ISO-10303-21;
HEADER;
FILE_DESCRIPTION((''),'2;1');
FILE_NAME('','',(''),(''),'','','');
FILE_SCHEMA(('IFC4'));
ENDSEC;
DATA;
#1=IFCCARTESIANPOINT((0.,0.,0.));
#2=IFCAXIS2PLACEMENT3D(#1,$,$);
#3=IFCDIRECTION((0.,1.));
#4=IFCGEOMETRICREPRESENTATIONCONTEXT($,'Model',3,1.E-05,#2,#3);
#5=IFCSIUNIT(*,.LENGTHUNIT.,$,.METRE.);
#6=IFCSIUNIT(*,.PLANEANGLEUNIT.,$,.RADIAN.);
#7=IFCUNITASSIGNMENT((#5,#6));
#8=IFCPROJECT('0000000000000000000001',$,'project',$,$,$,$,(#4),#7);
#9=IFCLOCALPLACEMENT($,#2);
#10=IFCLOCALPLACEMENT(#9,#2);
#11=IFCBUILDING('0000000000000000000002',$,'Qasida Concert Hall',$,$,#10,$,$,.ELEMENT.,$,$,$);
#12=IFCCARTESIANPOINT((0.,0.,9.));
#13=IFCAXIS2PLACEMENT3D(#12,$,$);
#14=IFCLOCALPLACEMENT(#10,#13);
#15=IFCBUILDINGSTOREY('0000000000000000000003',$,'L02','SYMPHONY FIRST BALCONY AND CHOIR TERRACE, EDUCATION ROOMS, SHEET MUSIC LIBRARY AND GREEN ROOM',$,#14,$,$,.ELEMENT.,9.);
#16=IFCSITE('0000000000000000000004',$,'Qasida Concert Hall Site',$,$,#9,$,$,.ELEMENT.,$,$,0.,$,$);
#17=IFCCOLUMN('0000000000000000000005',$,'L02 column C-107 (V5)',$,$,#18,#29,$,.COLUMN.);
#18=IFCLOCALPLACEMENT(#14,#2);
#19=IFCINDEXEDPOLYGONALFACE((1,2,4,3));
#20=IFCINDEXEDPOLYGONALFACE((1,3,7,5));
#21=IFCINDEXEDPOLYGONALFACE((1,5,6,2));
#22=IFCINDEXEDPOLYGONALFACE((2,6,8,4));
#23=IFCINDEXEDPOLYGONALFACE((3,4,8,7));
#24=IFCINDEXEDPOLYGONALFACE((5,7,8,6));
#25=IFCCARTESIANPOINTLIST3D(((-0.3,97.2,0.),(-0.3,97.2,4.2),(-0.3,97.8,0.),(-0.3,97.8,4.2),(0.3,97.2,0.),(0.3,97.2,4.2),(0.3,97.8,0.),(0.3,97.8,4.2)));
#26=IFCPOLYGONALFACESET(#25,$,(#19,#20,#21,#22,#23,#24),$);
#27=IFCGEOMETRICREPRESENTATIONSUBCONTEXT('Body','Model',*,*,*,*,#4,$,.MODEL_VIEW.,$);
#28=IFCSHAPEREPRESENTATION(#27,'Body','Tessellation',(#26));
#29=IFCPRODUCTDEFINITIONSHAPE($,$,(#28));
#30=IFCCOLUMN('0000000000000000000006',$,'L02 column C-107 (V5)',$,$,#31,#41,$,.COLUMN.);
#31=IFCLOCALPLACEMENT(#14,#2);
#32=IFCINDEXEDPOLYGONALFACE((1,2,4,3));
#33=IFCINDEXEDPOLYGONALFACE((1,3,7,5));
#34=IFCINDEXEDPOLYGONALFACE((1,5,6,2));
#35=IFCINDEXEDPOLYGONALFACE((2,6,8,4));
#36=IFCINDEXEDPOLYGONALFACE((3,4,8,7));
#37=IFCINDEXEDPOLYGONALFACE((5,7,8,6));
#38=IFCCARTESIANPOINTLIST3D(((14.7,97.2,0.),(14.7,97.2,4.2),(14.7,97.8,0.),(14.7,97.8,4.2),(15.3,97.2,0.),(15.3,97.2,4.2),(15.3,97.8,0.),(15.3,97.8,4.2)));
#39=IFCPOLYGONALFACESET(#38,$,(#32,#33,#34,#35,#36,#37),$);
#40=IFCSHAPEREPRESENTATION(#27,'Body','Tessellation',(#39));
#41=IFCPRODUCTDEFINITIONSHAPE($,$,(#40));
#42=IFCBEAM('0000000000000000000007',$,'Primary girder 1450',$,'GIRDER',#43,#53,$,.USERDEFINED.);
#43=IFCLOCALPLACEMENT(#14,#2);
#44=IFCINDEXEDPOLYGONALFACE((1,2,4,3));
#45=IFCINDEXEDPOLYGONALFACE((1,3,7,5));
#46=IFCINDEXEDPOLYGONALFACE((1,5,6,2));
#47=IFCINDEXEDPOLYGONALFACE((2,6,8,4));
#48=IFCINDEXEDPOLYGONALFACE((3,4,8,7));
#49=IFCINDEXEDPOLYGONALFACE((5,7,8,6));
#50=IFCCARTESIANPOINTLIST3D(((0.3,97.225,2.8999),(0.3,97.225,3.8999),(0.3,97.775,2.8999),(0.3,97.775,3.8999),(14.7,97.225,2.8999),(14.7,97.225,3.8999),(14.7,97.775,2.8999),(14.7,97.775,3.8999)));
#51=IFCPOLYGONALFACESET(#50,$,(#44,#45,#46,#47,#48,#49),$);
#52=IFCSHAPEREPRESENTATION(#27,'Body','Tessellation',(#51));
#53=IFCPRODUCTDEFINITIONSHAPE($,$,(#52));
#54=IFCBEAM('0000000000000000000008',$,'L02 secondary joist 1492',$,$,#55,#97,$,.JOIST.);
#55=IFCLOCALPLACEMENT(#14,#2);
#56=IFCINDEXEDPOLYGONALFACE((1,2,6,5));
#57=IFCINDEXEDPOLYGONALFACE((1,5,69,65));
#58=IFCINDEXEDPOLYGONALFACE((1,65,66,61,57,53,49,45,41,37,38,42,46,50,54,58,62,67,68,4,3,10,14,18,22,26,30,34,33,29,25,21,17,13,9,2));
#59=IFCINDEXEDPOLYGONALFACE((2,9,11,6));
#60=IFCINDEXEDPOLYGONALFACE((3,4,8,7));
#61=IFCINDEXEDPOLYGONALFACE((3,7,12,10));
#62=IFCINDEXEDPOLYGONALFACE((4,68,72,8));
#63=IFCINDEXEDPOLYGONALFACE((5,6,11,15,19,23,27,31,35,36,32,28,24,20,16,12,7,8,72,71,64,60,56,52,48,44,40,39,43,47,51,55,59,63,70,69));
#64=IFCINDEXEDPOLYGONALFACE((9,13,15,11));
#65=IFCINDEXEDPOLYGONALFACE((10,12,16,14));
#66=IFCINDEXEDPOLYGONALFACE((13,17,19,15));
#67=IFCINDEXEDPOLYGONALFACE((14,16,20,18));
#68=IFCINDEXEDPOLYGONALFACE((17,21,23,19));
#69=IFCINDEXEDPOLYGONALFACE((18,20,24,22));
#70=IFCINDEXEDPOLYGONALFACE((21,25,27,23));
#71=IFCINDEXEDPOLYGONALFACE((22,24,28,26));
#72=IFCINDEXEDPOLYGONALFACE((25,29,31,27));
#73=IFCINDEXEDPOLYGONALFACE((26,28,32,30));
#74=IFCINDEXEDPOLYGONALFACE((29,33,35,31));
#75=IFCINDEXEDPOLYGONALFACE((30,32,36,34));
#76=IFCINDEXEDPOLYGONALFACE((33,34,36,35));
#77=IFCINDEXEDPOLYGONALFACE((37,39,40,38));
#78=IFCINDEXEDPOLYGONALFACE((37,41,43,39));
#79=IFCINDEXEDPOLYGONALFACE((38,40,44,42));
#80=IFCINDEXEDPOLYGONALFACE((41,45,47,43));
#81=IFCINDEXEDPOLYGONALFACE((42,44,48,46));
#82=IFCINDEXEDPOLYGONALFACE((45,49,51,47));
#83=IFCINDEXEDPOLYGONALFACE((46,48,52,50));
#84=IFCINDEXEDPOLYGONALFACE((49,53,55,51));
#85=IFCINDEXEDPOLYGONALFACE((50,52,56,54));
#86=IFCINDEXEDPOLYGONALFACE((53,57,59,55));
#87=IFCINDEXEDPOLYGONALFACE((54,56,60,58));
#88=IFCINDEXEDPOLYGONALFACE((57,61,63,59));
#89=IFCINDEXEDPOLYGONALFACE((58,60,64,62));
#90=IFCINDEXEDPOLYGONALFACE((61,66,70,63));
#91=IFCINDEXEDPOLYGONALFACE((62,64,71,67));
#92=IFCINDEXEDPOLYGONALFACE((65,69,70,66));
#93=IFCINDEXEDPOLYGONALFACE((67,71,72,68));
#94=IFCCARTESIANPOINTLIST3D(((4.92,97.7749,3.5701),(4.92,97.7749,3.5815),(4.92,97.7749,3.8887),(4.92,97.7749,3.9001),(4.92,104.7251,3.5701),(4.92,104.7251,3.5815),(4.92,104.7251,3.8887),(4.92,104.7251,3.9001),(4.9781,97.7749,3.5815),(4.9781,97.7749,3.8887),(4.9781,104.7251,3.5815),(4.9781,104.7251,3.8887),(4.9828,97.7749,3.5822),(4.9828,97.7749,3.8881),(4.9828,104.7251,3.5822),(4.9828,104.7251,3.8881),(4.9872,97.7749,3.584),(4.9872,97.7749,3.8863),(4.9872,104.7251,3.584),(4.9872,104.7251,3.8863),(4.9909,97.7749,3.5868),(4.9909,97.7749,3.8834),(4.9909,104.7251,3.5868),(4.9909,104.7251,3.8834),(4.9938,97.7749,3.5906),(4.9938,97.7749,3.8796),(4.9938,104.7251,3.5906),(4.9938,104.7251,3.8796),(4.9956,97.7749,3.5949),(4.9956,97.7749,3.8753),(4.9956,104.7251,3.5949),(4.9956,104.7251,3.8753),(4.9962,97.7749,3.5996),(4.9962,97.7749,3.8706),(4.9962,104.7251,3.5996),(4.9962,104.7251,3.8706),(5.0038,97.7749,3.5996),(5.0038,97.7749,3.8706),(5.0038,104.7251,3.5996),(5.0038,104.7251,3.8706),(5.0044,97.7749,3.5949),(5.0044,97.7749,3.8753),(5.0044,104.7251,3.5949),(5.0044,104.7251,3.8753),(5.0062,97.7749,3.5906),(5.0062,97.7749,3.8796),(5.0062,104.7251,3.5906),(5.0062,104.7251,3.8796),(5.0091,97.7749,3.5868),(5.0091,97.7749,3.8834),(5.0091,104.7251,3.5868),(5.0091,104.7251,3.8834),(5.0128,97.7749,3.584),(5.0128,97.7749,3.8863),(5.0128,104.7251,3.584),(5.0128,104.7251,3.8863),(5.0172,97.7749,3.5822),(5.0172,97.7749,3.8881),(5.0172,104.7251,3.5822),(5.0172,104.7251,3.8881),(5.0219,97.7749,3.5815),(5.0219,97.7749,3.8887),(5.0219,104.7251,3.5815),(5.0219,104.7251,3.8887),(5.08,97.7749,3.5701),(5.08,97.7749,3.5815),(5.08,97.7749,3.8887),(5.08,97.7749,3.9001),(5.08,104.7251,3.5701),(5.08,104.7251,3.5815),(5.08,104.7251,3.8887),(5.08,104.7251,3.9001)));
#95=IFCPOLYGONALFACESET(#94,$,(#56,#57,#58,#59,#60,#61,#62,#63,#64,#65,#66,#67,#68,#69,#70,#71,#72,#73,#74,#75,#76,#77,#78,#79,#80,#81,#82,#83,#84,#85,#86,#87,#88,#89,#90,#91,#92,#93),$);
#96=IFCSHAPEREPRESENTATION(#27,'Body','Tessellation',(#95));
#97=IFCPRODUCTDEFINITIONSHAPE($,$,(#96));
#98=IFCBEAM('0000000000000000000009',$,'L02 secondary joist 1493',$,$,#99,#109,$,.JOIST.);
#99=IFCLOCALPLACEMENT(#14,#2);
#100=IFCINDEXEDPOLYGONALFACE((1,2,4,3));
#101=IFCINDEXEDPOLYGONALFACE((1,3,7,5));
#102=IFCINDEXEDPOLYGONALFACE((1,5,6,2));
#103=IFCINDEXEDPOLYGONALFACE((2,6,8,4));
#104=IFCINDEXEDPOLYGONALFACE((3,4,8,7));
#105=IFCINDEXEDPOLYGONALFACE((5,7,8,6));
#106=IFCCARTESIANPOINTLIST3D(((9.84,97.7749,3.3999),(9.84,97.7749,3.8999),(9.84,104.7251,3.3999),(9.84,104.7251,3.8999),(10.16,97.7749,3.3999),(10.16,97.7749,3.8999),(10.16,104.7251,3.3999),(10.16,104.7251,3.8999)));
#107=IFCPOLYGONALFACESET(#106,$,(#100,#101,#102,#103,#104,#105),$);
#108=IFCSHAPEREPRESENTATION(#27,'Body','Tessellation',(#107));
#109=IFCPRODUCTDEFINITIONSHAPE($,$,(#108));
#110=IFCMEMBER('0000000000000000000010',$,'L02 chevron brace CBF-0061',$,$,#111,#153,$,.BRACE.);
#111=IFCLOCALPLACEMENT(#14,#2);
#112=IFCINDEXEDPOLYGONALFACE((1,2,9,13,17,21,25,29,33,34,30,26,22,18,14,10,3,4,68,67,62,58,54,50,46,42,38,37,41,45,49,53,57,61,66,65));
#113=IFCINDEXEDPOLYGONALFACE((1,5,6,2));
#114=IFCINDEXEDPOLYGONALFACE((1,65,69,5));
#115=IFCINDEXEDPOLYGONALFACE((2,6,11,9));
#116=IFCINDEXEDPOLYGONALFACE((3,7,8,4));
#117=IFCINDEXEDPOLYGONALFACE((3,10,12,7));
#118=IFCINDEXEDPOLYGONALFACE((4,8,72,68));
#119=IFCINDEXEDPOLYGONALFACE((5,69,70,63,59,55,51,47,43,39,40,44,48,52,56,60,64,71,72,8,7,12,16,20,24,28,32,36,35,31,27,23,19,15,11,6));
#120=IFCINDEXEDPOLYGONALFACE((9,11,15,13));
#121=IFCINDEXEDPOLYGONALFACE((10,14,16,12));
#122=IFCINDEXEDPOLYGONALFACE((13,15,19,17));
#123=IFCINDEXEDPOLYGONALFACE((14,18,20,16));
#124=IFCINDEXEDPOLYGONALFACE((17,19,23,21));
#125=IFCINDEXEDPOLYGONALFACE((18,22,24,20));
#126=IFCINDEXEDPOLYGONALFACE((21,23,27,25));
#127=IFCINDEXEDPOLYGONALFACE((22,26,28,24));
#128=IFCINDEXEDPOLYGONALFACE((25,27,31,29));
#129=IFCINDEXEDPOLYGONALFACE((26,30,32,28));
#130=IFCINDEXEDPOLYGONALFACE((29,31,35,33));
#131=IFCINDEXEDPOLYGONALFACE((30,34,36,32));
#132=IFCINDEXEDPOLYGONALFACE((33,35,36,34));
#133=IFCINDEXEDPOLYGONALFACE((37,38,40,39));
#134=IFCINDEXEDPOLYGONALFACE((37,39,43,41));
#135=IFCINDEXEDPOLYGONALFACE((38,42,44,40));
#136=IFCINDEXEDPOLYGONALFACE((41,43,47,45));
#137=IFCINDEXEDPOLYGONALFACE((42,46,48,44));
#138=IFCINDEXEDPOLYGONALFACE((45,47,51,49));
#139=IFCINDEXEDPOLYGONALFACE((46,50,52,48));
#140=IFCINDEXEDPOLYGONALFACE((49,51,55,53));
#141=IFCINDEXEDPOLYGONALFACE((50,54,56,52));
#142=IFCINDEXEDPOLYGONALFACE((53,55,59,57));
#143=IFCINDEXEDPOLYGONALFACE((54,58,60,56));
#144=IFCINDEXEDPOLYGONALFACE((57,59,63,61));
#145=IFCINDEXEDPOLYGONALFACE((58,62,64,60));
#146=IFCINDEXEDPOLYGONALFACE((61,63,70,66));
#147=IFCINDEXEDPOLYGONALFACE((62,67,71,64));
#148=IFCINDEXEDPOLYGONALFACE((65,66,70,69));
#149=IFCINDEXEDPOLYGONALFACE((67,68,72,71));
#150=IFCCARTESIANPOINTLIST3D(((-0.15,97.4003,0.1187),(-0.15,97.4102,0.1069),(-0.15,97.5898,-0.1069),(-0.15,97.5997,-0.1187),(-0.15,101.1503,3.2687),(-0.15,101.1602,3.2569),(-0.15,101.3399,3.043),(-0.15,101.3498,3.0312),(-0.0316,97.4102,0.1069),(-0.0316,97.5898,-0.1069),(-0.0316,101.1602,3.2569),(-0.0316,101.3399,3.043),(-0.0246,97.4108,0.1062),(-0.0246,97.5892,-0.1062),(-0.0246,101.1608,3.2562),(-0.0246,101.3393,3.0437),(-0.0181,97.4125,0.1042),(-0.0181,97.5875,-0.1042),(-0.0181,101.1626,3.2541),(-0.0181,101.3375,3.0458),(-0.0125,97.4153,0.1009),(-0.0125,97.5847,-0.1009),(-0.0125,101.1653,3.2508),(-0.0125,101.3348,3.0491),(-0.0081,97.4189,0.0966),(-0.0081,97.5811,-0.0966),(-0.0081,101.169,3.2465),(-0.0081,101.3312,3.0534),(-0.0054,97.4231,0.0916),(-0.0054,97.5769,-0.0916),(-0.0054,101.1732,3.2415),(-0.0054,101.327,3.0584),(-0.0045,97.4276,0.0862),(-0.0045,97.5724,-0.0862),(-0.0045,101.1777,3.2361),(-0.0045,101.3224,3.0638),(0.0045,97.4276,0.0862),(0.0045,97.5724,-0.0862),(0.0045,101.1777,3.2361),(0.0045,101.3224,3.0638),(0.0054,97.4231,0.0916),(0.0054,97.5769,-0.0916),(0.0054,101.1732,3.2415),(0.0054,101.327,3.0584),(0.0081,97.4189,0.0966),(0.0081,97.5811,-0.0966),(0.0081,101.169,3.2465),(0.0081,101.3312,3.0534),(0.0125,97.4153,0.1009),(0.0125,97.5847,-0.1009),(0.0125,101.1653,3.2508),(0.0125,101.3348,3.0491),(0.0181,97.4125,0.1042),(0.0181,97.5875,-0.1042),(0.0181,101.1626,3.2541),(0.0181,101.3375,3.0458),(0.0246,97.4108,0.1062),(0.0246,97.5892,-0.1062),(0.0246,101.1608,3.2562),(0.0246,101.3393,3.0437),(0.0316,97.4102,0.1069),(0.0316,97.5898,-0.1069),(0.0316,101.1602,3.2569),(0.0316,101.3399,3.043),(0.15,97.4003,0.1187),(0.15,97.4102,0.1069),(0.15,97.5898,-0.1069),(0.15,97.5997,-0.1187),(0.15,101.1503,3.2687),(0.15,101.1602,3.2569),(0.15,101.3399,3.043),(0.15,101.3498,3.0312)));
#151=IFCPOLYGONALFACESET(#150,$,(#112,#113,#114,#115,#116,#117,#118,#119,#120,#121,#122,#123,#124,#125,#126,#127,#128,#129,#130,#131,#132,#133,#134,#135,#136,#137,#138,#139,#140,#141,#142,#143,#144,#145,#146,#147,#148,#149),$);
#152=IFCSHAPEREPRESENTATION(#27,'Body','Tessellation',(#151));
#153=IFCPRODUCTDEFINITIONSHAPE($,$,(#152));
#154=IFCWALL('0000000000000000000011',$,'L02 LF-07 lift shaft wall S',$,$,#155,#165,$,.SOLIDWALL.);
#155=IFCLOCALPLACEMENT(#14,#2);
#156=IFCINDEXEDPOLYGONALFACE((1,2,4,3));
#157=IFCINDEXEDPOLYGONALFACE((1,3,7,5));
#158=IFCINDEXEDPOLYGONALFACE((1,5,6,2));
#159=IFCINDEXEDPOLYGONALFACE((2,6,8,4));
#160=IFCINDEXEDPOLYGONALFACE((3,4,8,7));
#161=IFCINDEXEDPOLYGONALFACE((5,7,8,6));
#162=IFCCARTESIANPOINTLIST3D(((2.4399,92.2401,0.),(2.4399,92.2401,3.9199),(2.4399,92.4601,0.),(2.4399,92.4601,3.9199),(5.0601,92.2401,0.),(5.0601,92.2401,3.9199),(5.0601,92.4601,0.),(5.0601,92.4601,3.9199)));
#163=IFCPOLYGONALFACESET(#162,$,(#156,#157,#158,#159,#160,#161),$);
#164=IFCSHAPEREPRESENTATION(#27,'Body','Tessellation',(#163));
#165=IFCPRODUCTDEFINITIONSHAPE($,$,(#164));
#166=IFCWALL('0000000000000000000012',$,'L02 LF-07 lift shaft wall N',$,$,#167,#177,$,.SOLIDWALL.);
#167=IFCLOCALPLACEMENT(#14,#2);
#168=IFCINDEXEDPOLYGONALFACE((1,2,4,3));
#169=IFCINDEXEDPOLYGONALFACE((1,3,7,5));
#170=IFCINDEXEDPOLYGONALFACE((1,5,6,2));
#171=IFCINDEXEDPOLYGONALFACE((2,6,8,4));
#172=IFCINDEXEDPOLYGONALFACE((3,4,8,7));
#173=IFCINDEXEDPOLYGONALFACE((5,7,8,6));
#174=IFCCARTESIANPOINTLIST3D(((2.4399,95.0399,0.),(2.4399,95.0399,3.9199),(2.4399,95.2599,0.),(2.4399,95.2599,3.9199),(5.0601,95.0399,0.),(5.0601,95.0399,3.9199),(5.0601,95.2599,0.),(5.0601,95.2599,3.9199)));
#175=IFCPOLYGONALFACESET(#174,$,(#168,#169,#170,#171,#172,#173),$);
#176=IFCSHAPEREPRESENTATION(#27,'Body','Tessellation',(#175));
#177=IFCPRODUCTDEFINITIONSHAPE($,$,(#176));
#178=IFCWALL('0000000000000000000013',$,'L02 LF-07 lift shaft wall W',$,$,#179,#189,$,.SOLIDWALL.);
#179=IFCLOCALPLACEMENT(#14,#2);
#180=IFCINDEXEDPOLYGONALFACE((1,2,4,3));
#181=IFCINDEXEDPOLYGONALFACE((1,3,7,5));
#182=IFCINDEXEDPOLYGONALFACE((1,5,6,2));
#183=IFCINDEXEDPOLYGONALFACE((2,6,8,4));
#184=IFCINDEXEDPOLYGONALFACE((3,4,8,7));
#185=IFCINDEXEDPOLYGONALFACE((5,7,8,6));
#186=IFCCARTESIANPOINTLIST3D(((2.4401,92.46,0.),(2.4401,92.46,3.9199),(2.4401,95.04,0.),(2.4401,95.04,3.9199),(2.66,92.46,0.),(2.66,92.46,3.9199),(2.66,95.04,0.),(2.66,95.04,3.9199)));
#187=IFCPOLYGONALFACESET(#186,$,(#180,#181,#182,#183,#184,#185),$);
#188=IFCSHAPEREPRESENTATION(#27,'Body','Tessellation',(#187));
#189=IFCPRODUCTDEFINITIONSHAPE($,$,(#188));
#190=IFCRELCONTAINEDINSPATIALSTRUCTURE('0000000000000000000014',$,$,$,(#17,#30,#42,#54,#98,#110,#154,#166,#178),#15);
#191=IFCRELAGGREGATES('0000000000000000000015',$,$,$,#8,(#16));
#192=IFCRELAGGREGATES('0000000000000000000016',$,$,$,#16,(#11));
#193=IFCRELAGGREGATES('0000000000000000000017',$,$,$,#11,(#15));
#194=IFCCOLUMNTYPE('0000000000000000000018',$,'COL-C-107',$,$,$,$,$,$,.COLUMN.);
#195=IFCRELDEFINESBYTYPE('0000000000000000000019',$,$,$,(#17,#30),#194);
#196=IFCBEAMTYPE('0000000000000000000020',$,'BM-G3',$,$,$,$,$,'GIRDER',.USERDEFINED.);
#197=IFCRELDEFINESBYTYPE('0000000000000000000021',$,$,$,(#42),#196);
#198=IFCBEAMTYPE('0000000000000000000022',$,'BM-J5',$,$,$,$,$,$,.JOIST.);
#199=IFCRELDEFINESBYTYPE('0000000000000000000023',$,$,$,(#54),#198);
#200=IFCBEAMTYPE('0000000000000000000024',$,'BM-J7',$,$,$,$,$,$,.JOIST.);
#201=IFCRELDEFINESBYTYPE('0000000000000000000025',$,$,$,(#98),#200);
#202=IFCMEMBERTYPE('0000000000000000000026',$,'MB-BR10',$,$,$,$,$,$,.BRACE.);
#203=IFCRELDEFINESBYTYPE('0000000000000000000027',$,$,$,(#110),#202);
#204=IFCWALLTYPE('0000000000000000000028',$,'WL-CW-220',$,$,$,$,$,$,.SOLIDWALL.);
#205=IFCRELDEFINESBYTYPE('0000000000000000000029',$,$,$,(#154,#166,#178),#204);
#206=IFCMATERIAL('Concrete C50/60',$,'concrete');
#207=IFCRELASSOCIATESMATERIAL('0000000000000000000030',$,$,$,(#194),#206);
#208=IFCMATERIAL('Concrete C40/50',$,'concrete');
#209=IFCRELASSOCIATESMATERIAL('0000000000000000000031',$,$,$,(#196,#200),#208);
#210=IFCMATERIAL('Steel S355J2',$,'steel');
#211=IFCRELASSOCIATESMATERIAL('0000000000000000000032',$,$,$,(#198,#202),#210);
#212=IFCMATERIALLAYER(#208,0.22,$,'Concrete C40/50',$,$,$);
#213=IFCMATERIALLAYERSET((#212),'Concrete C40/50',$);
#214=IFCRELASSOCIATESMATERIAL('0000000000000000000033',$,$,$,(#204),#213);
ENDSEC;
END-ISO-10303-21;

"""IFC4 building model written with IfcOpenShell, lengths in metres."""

from ifc_helpers import new_model, si_unit, direction, frame, frame_2d, origin, origin_2d, place, context, subcontext, project, spatial, rectangle, i_section, extrude, material, layer, layer_set, material_profile, profile_set, type_object, element, save


model = new_model("IFC4")

# Units and contexts
model_context = context("Model", 3, precision=1e-05, world=origin(), true_north=direction((0.0, 1.0)))
body_context = subcontext(model_context, "Body", "Model", "MODEL_VIEW")
ifc_project = project(units=[si_unit("LENGTHUNIT", "METRE"), si_unit("PLANEANGLEUNIT", "RADIAN")], contexts=[model_context])

# Site, building, storey
site_placement = place(None, origin())
site = spatial("IfcSite", under=ifc_project, at=site_placement, Name="Qasida Concert Hall Site", CompositionType="ELEMENT", RefElevation=0.0)
building_placement = place(site_placement, origin())
building = spatial("IfcBuilding", under=site, at=building_placement, Name="Qasida Concert Hall", CompositionType="ELEMENT")
storey_placement = place(building_placement, frame((0.0, 0.0, 9.0)))
storey = spatial("IfcBuildingStorey", under=building, at=storey_placement, Name="L02", Description="SYMPHONY FIRST BALCONY AND CHOIR TERRACE, EDUCATION ROOMS, SHEET MUSIC LIBRARY AND GREEN ROOM", CompositionType="ELEMENT", Elevation=9.0)

# Columns
ifc_material_1 = material(Name="Concrete C50/60", Category="concrete")
ifc_material_profile_1 = material_profile(ifc_material_1, rectangle(XDim=0.6001, YDim=0.6001, at=origin_2d()), Name="RC 600x600")
ifc_profile_set_1 = profile_set([ifc_material_profile_1], Name="Concrete C50/60")
column_type = type_object("IfcColumnType", Name="COL-C-107", PredefinedType="COLUMN", material=ifc_profile_set_1)
for number, where, z_axis, x_axis, name in (
    (1, (0.0, 97.5, 0.0), (0.0, 0.0, 1.0), (1.0, 0.0, 0.0), "L02 column C-107 (V5)"),
    (2, (15.0, 97.5, 0.0), (0.0, 0.0, 1.0), (1.0, 0.0, 0.0), "L02 column C-107 (V5)"),
):
    element("IfcColumn", number, at=place(storey_placement, frame(where, z_axis=z_axis, x_axis=x_axis)), inside=storey, type_object=column_type, Name=name, PredefinedType="COLUMN", context=body_context, shape_type="SweptSolid", body=[
        extrude(rectangle(XDim=0.6001, YDim=0.6001, at=origin_2d()), origin(), (0.0, 0.0, 1.0), 4.2),
    ])

# Beams
ifc_material_2 = material(Name="Concrete C40/50", Category="concrete")
ifc_material_profile_2 = material_profile(ifc_material_2, rectangle(XDim=0.55, YDim=1.0, at=origin_2d()), Name="RC 550x1000")
ifc_profile_set_2 = profile_set([ifc_material_profile_2], Name="Concrete C40/50")
beam_type_1 = type_object("IfcBeamType", Name="BM-G3", ElementType="GIRDER", PredefinedType="USERDEFINED", material=ifc_profile_set_2)
beam_1_placement = place(storey_placement, frame((0.3, 97.5, 3.3999), z_axis=(1.0, 0.0, 0.0), x_axis=(0.0, 1.0, 0.0)))
element("IfcBeam", 3, at=beam_1_placement, inside=storey, type_object=beam_type_1, Name="Primary girder 1450", ObjectType="GIRDER", PredefinedType="USERDEFINED", context=body_context, shape_type="SweptSolid", body=[
    extrude(rectangle(XDim=0.55, YDim=1.0, at=origin_2d()), origin(), (0.0, 0.0, 1.0), 14.3999),
])
ifc_material_3 = material(Name="Steel S355J2", Category="steel")
ifc_material_profile_3 = material_profile(ifc_material_3, i_section(OverallWidth=0.1599, OverallDepth=0.3301, WebThickness=0.0076, FlangeThickness=0.0115, FilletRadius=0.0181, at=origin_2d()), Name="IPE 330")
ifc_profile_set_3 = profile_set([ifc_material_profile_3], Name="Steel S355J2")
beam_type_2 = type_object("IfcBeamType", Name="BM-J5", PredefinedType="JOIST", material=ifc_profile_set_3)
beam_2_placement = place(storey_placement, frame((5.0, 97.7749, 3.7351), z_axis=(0.0, 1.0, 0.0), x_axis=(-1.0, 0.0, 0.0)))
element("IfcBeam", 4, at=beam_2_placement, inside=storey, type_object=beam_type_2, Name="L02 secondary joist 1492", PredefinedType="JOIST", context=body_context, shape_type="SweptSolid", body=[
    extrude(i_section(OverallWidth=0.1599, OverallDepth=0.3301, WebThickness=0.0076, FlangeThickness=0.0115, FilletRadius=0.0181, at=origin_2d()), origin(), (0.0, 0.0, 1.0), 6.9502),
])
ifc_material_profile_4 = material_profile(ifc_material_2, rectangle(XDim=0.3201, YDim=0.5, at=origin_2d()), Name="RC 320x500")
ifc_profile_set_4 = profile_set([ifc_material_profile_4], Name="Concrete C40/50")
beam_type_3 = type_object("IfcBeamType", Name="BM-J7", PredefinedType="JOIST", material=ifc_profile_set_4)
beam_3_placement = place(storey_placement, frame((10.0, 97.7749, 3.6499), z_axis=(0.0, 1.0, 0.0), x_axis=(-1.0, 0.0, 0.0)))
element("IfcBeam", 5, at=beam_3_placement, inside=storey, type_object=beam_type_3, Name="L02 secondary joist 1493", PredefinedType="JOIST", context=body_context, shape_type="SweptSolid", body=[
    extrude(rectangle(XDim=0.3201, YDim=0.5, at=origin_2d()), origin(), (0.0, 0.0, 1.0), 6.9502),
])

# Member
ifc_material_profile_5 = material_profile(ifc_material_3, i_section(OverallWidth=0.3, OverallDepth=0.3101, WebThickness=0.009, FlangeThickness=0.0154, FilletRadius=0.0271, at=origin_2d()), Name="HEA 320")
ifc_profile_set_5 = profile_set([ifc_material_profile_5], Name="Steel S355J2")
member_type = type_object("IfcMemberType", Name="MB-BR10", PredefinedType="BRACE", material=ifc_profile_set_5)
member_placement = place(storey_placement, frame((0.0, 97.5, 0.0), z_axis=(0.0, 0.765715, 0.64318), x_axis=(-1.0, 0.0, 0.0)))
element("IfcMember", 6, at=member_placement, inside=storey, type_object=member_type, Name="L02 chevron brace CBF-0061", PredefinedType="BRACE", context=body_context, shape_type="SweptSolid", body=[
    extrude(i_section(OverallWidth=0.3, OverallDepth=0.3101, WebThickness=0.009, FlangeThickness=0.0154, FilletRadius=0.0271, at=origin_2d()), origin(), (0.0, 0.0, 1.0), 4.8975),
])

# Walls
ifc_layer_1 = layer(ifc_material_2, 0.22, Name="Concrete C40/50")
ifc_layer_set_1 = layer_set([ifc_layer_1], Name="Concrete C40/50")
wall_type_1 = type_object("IfcWallType", Name="WL-CW-220", PredefinedType="SOLIDWALL", material=ifc_layer_set_1)
for number, where, z_axis, x_axis, name in (
    (7, (2.4399, 92.3501, 0.0), (0.0, 0.0, 1.0), (1.0, 0.0, 0.0), "L02 LF-07 lift shaft wall S"),
    (8, (2.4399, 95.1499, 0.0), (0.0, 0.0, 1.0), (1.0, 0.0, 0.0), "L02 LF-07 lift shaft wall N"),
):
    element("IfcWall", number, at=place(storey_placement, frame(where, z_axis=z_axis, x_axis=x_axis)), inside=storey, type_object=wall_type_1, Name=name, PredefinedType="SOLIDWALL", context=body_context, shape_type="SweptSolid", body=[
        extrude(rectangle(XDim=2.6201, YDim=0.22, at=frame_2d((1.3101, 0.0))), origin(), (0.0, 0.0, 1.0), 3.9199),
    ])
wall_1_placement = place(storey_placement, frame((2.55, 92.46, 0.0), z_axis=(0.0, 0.0, 1.0), x_axis=(0.0, 1.0, 0.0)))
element("IfcWall", 9, at=wall_1_placement, inside=storey, type_object=wall_type_1, Name="L02 LF-07 lift shaft wall W", PredefinedType="SOLIDWALL", context=body_context, shape_type="SweptSolid", body=[
    extrude(rectangle(XDim=2.5801, YDim=0.22, at=frame_2d((1.29, 0.0))), origin(), (0.0, 0.0, 1.0), 3.9199),
])

save(model, "model.ifc")
